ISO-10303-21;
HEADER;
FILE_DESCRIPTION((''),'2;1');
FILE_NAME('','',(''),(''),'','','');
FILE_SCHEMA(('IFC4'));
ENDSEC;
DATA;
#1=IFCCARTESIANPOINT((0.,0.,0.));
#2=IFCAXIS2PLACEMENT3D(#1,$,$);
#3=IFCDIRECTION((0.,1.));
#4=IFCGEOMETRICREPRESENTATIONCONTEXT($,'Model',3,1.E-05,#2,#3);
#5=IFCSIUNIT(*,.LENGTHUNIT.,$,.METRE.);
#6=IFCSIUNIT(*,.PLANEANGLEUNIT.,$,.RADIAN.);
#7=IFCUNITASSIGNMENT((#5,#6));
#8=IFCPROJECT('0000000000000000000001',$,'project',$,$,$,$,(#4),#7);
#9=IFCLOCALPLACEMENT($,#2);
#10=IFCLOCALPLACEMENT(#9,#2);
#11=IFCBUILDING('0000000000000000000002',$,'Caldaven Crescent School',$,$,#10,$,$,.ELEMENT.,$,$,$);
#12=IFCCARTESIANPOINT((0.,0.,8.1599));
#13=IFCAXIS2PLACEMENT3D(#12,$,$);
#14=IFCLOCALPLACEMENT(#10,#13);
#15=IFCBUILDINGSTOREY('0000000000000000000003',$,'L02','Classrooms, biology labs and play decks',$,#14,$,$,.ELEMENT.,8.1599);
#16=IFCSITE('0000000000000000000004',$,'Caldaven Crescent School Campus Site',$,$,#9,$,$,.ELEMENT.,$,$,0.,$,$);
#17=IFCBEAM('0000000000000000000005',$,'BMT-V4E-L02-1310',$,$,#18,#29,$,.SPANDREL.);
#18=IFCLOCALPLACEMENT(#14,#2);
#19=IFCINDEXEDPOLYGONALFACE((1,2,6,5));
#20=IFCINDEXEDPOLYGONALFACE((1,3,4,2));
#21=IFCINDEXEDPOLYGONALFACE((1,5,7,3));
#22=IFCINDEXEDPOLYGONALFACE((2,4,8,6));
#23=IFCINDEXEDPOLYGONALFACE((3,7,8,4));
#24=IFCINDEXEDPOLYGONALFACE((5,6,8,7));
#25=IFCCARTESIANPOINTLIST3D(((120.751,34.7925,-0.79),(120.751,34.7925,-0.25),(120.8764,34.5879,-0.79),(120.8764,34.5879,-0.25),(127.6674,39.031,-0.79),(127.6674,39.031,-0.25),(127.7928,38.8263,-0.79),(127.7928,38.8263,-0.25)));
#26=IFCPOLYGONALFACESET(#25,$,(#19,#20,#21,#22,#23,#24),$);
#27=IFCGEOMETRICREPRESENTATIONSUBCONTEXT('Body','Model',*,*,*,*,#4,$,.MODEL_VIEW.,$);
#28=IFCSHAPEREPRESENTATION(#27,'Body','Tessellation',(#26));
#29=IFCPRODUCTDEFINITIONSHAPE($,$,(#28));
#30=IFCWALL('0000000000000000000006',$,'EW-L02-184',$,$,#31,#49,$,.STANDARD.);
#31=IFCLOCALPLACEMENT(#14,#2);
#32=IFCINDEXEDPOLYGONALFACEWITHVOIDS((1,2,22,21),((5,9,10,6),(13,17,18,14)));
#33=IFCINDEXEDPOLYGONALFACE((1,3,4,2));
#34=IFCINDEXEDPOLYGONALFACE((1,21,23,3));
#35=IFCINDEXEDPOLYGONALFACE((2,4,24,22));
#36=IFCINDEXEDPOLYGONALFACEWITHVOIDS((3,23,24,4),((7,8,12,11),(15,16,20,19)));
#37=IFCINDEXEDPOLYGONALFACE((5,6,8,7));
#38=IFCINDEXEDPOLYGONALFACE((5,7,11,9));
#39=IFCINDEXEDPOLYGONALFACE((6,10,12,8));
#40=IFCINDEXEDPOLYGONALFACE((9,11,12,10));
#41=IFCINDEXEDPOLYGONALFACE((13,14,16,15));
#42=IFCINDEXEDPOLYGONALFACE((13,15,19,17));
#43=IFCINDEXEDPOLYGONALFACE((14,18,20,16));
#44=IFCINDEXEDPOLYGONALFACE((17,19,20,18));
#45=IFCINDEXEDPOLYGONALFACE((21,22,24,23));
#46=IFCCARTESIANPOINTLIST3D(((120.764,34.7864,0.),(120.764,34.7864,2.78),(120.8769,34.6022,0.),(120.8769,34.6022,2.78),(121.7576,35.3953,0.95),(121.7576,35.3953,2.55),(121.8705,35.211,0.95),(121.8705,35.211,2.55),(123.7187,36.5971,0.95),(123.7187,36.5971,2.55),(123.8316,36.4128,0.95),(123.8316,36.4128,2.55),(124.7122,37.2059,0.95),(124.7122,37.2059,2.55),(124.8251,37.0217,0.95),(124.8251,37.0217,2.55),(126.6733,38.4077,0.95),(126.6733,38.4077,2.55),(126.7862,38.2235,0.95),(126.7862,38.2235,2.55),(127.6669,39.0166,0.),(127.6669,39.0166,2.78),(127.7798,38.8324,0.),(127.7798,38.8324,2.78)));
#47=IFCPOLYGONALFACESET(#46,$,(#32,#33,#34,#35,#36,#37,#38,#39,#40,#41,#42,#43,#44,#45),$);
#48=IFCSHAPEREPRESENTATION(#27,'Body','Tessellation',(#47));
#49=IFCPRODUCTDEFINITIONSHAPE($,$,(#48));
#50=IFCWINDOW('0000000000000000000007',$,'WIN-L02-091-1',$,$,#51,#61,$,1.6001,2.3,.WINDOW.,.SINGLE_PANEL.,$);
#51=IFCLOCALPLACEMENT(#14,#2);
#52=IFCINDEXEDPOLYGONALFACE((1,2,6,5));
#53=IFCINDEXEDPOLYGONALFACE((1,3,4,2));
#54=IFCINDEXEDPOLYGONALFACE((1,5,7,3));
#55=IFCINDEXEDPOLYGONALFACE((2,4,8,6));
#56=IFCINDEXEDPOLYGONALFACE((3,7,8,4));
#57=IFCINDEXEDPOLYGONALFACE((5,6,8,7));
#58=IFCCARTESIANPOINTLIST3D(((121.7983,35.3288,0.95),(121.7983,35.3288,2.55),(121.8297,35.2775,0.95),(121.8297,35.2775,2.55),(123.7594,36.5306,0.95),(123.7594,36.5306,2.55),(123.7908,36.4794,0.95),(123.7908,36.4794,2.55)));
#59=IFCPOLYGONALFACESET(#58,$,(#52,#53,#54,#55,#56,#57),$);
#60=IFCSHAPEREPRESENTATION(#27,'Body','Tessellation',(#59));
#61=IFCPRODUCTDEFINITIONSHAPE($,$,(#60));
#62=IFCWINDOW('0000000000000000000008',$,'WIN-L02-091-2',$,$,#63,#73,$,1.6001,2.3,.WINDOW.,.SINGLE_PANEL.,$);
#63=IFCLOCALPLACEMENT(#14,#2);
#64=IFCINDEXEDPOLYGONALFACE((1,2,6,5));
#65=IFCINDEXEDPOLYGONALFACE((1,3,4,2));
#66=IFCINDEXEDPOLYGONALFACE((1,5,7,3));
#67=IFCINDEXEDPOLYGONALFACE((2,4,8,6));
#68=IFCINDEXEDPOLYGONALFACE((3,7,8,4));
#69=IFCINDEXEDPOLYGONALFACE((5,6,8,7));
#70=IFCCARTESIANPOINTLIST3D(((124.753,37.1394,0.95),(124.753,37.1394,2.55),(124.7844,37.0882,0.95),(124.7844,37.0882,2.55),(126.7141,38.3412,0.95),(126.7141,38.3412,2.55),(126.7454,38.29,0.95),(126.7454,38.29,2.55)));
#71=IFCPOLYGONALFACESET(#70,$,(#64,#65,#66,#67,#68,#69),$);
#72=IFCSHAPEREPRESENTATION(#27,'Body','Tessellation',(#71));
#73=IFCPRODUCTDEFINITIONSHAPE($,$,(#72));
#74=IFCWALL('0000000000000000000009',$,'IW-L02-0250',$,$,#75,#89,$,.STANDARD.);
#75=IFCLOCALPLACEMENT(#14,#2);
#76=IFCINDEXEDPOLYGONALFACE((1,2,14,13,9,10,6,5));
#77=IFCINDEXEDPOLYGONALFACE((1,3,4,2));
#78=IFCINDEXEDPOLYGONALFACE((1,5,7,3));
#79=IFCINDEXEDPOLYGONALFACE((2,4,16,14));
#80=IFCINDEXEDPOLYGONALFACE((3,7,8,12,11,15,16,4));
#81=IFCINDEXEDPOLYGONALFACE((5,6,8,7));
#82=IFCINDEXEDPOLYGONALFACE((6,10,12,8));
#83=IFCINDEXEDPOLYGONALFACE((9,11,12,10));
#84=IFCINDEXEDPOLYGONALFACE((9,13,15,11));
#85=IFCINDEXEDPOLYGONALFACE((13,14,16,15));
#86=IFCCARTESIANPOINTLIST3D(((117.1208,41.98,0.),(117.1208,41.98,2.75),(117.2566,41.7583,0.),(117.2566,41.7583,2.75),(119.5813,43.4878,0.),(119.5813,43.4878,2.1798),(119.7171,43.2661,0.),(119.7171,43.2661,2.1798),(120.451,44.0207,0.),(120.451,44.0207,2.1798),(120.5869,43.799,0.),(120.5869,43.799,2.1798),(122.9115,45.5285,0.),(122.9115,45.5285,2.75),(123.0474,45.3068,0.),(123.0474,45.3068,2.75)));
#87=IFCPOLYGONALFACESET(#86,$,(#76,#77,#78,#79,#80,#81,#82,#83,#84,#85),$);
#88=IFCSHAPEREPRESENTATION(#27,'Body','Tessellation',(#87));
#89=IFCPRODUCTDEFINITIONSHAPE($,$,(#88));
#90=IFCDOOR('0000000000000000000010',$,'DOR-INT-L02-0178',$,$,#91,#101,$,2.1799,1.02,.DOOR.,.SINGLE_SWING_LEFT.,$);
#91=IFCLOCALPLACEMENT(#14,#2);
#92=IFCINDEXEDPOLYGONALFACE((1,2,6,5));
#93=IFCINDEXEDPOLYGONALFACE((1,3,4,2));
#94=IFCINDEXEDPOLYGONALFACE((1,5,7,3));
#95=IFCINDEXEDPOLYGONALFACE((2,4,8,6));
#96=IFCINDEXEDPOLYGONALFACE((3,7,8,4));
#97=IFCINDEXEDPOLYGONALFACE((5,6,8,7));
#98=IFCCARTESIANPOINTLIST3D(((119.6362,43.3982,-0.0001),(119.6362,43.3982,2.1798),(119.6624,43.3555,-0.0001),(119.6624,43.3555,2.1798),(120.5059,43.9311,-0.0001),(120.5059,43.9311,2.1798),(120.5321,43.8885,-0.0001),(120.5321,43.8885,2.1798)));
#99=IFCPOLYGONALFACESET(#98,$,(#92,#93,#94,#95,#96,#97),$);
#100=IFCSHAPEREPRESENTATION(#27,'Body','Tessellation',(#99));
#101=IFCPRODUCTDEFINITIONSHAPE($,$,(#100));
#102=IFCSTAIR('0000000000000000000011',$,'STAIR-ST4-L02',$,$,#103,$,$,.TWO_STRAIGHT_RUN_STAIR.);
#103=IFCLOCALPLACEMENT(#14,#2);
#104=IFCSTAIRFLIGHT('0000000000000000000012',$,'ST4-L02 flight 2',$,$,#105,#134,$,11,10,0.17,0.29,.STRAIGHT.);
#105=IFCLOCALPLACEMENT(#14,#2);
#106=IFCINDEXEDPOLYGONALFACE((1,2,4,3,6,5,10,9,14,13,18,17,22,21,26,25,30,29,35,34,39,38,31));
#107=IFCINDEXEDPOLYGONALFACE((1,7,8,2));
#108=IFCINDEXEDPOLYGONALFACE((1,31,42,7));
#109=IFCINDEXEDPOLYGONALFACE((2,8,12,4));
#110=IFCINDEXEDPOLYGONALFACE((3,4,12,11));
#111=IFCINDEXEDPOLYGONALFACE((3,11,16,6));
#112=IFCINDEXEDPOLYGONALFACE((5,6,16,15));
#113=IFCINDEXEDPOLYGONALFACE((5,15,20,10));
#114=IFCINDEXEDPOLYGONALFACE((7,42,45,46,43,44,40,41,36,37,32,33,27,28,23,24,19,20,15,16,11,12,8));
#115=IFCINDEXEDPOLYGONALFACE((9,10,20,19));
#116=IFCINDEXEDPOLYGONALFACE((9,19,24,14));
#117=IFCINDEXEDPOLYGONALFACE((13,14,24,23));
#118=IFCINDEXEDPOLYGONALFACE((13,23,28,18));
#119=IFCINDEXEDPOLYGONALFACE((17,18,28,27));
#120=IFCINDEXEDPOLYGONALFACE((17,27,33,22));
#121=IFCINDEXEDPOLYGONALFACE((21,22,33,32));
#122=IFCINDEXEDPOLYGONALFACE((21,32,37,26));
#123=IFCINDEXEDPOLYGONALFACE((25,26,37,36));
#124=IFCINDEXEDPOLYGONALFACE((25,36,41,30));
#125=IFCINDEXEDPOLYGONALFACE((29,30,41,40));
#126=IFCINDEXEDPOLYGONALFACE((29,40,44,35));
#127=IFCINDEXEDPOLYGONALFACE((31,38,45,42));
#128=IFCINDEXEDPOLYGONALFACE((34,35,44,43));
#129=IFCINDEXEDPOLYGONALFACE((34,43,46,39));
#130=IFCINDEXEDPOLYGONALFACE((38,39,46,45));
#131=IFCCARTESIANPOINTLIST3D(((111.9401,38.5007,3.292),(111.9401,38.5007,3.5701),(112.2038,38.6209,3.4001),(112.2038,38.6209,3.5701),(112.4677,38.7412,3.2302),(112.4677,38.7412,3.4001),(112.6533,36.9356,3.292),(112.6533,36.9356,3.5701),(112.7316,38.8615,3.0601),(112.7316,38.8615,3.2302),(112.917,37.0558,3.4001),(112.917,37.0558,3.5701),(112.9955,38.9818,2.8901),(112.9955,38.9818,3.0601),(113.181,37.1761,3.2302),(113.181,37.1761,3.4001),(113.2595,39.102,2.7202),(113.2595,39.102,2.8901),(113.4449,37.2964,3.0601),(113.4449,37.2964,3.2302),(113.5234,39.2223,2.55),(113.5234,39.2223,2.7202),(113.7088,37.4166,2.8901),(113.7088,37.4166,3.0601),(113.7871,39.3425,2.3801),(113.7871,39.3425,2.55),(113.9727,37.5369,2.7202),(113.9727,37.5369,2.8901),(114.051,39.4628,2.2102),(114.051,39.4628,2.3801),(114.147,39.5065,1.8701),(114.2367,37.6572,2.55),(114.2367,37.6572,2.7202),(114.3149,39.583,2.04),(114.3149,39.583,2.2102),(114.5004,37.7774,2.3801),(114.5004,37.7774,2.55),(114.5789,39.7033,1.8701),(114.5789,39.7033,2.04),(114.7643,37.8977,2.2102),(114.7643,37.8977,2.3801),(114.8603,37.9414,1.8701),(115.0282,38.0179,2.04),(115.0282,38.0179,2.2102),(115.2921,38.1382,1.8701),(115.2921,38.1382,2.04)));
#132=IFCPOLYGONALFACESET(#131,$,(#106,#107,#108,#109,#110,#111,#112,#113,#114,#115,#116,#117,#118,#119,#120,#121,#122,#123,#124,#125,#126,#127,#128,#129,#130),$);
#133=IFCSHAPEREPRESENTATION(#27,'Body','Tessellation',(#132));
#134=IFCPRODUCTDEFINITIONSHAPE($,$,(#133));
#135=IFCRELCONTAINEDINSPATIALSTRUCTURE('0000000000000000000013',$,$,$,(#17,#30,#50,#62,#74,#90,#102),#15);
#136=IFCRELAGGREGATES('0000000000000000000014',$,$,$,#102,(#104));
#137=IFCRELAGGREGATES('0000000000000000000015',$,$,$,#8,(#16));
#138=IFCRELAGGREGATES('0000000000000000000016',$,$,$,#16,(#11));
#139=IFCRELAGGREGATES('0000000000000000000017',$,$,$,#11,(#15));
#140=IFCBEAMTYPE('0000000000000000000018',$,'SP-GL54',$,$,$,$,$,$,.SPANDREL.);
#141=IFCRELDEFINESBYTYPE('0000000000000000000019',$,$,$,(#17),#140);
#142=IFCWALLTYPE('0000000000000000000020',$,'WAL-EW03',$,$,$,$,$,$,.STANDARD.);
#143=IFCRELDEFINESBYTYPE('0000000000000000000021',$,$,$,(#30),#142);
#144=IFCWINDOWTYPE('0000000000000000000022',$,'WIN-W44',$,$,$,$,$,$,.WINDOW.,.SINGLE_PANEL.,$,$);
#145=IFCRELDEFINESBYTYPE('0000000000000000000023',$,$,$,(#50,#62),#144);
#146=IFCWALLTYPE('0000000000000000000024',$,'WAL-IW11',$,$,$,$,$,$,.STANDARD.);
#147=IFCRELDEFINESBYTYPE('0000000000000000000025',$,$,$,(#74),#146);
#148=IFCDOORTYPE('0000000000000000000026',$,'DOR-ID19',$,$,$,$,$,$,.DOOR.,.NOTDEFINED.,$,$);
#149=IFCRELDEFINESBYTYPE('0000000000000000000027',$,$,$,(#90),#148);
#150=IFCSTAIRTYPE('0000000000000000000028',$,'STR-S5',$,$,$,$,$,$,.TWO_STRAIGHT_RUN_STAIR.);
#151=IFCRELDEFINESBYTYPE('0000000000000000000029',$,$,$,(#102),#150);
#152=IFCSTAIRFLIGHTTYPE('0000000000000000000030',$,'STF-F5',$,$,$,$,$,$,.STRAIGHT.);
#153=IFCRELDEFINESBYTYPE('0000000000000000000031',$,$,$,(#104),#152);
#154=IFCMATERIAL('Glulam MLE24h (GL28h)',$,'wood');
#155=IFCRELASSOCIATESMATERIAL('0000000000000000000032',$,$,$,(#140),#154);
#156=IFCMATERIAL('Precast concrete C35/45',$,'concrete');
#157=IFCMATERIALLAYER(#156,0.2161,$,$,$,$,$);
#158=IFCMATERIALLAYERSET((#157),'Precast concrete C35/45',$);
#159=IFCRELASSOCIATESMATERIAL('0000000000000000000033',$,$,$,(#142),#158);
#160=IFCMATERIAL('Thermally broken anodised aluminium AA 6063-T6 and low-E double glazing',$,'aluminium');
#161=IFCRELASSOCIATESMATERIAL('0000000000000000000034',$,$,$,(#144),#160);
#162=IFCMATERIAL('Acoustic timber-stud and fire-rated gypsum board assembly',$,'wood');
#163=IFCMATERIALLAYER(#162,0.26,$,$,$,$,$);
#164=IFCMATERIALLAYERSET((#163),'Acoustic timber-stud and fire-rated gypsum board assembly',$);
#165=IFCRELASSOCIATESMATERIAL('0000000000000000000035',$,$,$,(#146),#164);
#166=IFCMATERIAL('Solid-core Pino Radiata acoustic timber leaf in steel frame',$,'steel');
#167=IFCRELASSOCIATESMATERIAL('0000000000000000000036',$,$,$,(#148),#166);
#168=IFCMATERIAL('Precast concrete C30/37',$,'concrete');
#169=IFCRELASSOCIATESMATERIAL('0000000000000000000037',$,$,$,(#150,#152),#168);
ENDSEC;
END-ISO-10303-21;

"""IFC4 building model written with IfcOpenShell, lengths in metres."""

from ifc_helpers import new_model, si_unit, direction, frame, frame_2d, origin, origin_2d, place, context, subcontext, project, spatial, polyline, rectangle, outline, extrude, material, layer, layer_set, material_profile, profile_set, type_object, element, fill, aggregate, save


model = new_model("IFC4")

# Units and contexts
model_context = context("Model", 3, precision=1e-05, world=origin(), true_north=direction((0.0, 1.0)))
body_context = subcontext(model_context, "Body", "Model", "MODEL_VIEW")
ifc_project = project(units=[si_unit("LENGTHUNIT", "METRE"), si_unit("PLANEANGLEUNIT", "RADIAN")], contexts=[model_context])

# Site, building, storey
site_placement = place(None, origin())
site = spatial("IfcSite", under=ifc_project, at=site_placement, Name="Caldaven Crescent School Campus Site", CompositionType="ELEMENT", RefElevation=0.0)
building_placement = place(site_placement, origin())
building = spatial("IfcBuilding", under=site, at=building_placement, Name="Caldaven Crescent School", CompositionType="ELEMENT")
storey_placement = place(building_placement, frame((0.0, 0.0, 8.1599)))
storey = spatial("IfcBuildingStorey", under=building, at=storey_placement, Name="L02", Description="Classrooms, biology labs and play decks", CompositionType="ELEMENT", Elevation=8.1599)

# Shared definitions
ifc_material_1 = material(Name="Glulam MLE24h (GL28h)", Category="wood")

# Beam
ifc_material_profile_1 = material_profile(ifc_material_1, rectangle(XDim=0.24, YDim=0.54, at=origin_2d()), Name="MLE 240x540")
ifc_profile_set_1 = profile_set([ifc_material_profile_1], Name="Glulam MLE24h (GL28h)")
beam_type_1 = type_object("IfcBeamType", Name="SP-GL54", PredefinedType="SPANDREL", material=ifc_profile_set_1)
beam_1_placement = place(storey_placement, frame((120.8137, 34.6902, -0.52), z_axis=(0.852635, 0.522506, 0.0), x_axis=(-0.522506, 0.852635, 0.0)))
element("IfcBeam", 1, at=beam_1_placement, inside=storey, type_object=beam_type_1, Name="BMT-V4E-L02-1310", PredefinedType="SPANDREL", context=body_context, shape_type="SweptSolid", body=[
    extrude(rectangle(XDim=0.24, YDim=0.54, at=origin_2d()), origin(), (0.0, 0.0, 1.0), 8.1118),
])

# Wall, openings, windows
ifc_material_2 = material(Name="Precast concrete C35/45", Category="concrete")
ifc_layer_1 = layer(ifc_material_2, 0.2161)
ifc_layer_set_1 = layer_set([ifc_layer_1], Name="Precast concrete C35/45")
wall_type_1 = type_object("IfcWallType", Name="WAL-EW03", PredefinedType="STANDARD", material=ifc_layer_set_1)
wall_1_placement = place(storey_placement, frame((120.8206, 34.6943, 0.0), z_axis=(0.0, 0.0, 1.0), x_axis=(0.852631, 0.522513, 0.0)))
wall_1 = element("IfcWall", 2, at=wall_1_placement, inside=storey, type_object=wall_type_1, Name="EW-L02-184", PredefinedType="STANDARD", context=body_context, shape_type="SweptSolid", body=[
    extrude(rectangle(XDim=8.0959, YDim=0.2161, at=frame_2d((4.0479, 0.0))), origin(), (0.0, 0.0, 1.0), 2.78),
])
opening_1_placement = place(wall_1_placement, frame((1.1653, 0.0, 0.95)))
opening_1 = element("IfcOpeningElement", 3, at=opening_1_placement, cuts=wall_1, PredefinedType="OPENING", context=body_context, shape_type="SweptSolid", body=[
    extrude(rectangle(XDim=2.3, YDim=1.6001, at=frame_2d((1.1499, 0.8))), frame((0.0, 0.1179, 0.0), z_axis=(0.0, -1.0, 0.0), x_axis=(1.0, 0.0, 0.0)), (0.0, 0.0, 1.0), 0.2361),
])
opening_2_placement = place(wall_1_placement, frame((4.6306, 0.0, 0.95)))
opening_2 = element("IfcOpeningElement", 4, at=opening_2_placement, cuts=wall_1, PredefinedType="OPENING", context=body_context, shape_type="SweptSolid", body=[
    extrude(rectangle(XDim=2.3, YDim=1.6001, at=frame_2d((1.1499, 0.8))), frame((0.0, 0.1179, 0.0), z_axis=(0.0, -1.0, 0.0), x_axis=(1.0, 0.0, 0.0)), (0.0, 0.0, 1.0), 0.2361),
])
ifc_material_3 = material(Name="Thermally broken anodised aluminium AA 6063-T6 and low-E double glazing", Category="aluminium")
window_type = type_object("IfcWindowType", Name="WIN-W44", PartitioningType="SINGLE_PANEL", PredefinedType="WINDOW", material=ifc_material_3)
window_1_placement = place(opening_1_placement, origin())
window_1 = element("IfcWindow", 5, at=window_1_placement, inside=storey, type_object=window_type, Name="WIN-L02-091-1", OverallHeight=1.6001, OverallWidth=2.3, PartitioningType="SINGLE_PANEL", PredefinedType="WINDOW", context=body_context, shape_type="SweptSolid", body=[
    extrude(rectangle(XDim=2.3, YDim=1.6001, at=frame_2d((1.1499, 0.8))), frame((0.0, 0.03, 0.0), z_axis=(0.0, -1.0, 0.0), x_axis=(1.0, 0.0, 0.0)), (0.0, 0.0, 1.0), 0.0601),
])
fill(opening_1, window_1)
window_2_placement = place(opening_2_placement, origin())
window_2 = element("IfcWindow", 6, at=window_2_placement, inside=storey, type_object=window_type, Name="WIN-L02-091-2", OverallHeight=1.6001, OverallWidth=2.3, PartitioningType="SINGLE_PANEL", PredefinedType="WINDOW", context=body_context, shape_type="SweptSolid", body=[
    extrude(rectangle(XDim=2.3, YDim=1.6001, at=frame_2d((1.1499, 0.8))), frame((0.0, 0.03, 0.0), z_axis=(0.0, -1.0, 0.0), x_axis=(1.0, 0.0, 0.0)), (0.0, 0.0, 1.0), 0.0601),
])
fill(opening_2, window_2)

# Wall, opening, door
ifc_material_4 = material(Name="Acoustic timber-stud and fire-rated gypsum board assembly", Category="wood")
ifc_layer_2 = layer(ifc_material_4, 0.26)
ifc_layer_set_2 = layer_set([ifc_layer_2], Name="Acoustic timber-stud and fire-rated gypsum board assembly")
wall_type_2 = type_object("IfcWallType", Name="WAL-IW11", PredefinedType="STANDARD", material=ifc_layer_set_2)
wall_2_placement = place(storey_placement, frame((117.1887, 41.8691, 0.0), z_axis=(0.0, 0.0, 1.0), x_axis=(0.852641, 0.522498, 0.0)))
wall_2 = element("IfcWall", 7, at=wall_2_placement, inside=storey, type_object=wall_type_2, Name="IW-L02-0250", PredefinedType="STANDARD", context=body_context, shape_type="SweptSolid", body=[
    extrude(rectangle(XDim=6.7915, YDim=0.26, at=frame_2d((3.3958, 0.0))), origin(), (0.0, 0.0, 1.0), 2.75),
])
opening_3_placement = place(wall_2_placement, frame((2.8857, 0.0, 0.0)))
opening_3 = element("IfcOpeningElement", 8, at=opening_3_placement, cuts=wall_2, PredefinedType="OPENING", context=body_context, shape_type="SweptSolid", body=[
    extrude(rectangle(XDim=1.02, YDim=2.1799, at=frame_2d((0.51, 1.0898))), frame((0.0, 0.1399, 0.0), z_axis=(0.0, -1.0, 0.0), x_axis=(1.0, 0.0, 0.0)), (0.0, 0.0, 1.0), 0.28),
])
ifc_material_5 = material(Name="Solid-core Pino Radiata acoustic timber leaf in steel frame", Category="steel")
door_type = type_object("IfcDoorType", Name="DOR-ID19", OperationType="NOTDEFINED", PredefinedType="DOOR", material=ifc_material_5)
door_placement = place(opening_3_placement, origin())
door = element("IfcDoor", 9, at=door_placement, inside=storey, type_object=door_type, Name="DOR-INT-L02-0178", OperationType="SINGLE_SWING_LEFT", OverallHeight=2.1799, OverallWidth=1.02, PredefinedType="DOOR", context=body_context, shape_type="SweptSolid", body=[
    extrude(rectangle(XDim=1.02, YDim=2.1799, at=frame_2d((0.51, 1.0898))), frame((0.0, 0.0249, 0.0), z_axis=(0.0, -1.0, 0.0), x_axis=(1.0, 0.0, 0.0)), (0.0, 0.0, 1.0), 0.05),
])
fill(opening_3, door)

# Stair, stair flight
ifc_material_6 = material(Name="Precast concrete C30/37", Category="concrete")
stair_type = type_object("IfcStairType", Name="STR-S5", PredefinedType="TWO_STRAIGHT_RUN_STAIR", material=ifc_material_6)
stair_placement = place(storey_placement, origin())
stair = element("IfcStair", 10, at=stair_placement, inside=storey, type_object=stair_type, Name="STAIR-ST4-L02", PredefinedType="TWO_STRAIGHT_RUN_STAIR")
stair_flight_type = type_object("IfcStairFlightType", Name="STF-F5", PredefinedType="STRAIGHT", material=ifc_material_6)
stair_flight_placement = place(storey_placement, frame((114.9355, 38.9207, 1.8701), z_axis=(0.0, 0.0, 1.0), x_axis=(-0.909961, -0.414693, 0.0)))
stair_flight = element("IfcStairFlight", 11, at=stair_flight_placement, type_object=stair_flight_type, Name="ST4-L02 flight 2", NumberOfRisers=11, NumberOfTreads=10, PredefinedType="STRAIGHT", RiserHeight=0.17, TreadLength=0.29, context=body_context, shape_type="SweptSolid", body=[
    extrude(outline(polyline([(0.0, 0.0), (0.0, 0.1699), (0.29, 0.1699), (0.29, 0.3401), (0.5801, 0.3401), (0.5801, 0.51), (0.8701, 0.51), (0.8701, 0.6799), (1.1599, 0.6799), (1.1599, 0.8501), (1.45, 0.8501), (1.45, 1.02), (1.74, 1.02), (1.74, 1.1899), (2.03, 1.1899), (2.03, 1.3601), (2.3201, 1.3601), (2.3201, 1.53), (2.6101, 1.53), (2.6101, 1.7), (2.8999, 1.7), (2.8999, 1.8701), (2.8999, 1.4219), (0.4746, 0.0), (0.0, 0.0)])), frame((0.0, 0.8599, 0.0), z_axis=(0.0, -1.0, 0.0), x_axis=(1.0, 0.0, 0.0)), (0.0, 0.0, 1.0), 1.72),
])
aggregate(stair, [stair_flight])

save(model, "model.ifc")
